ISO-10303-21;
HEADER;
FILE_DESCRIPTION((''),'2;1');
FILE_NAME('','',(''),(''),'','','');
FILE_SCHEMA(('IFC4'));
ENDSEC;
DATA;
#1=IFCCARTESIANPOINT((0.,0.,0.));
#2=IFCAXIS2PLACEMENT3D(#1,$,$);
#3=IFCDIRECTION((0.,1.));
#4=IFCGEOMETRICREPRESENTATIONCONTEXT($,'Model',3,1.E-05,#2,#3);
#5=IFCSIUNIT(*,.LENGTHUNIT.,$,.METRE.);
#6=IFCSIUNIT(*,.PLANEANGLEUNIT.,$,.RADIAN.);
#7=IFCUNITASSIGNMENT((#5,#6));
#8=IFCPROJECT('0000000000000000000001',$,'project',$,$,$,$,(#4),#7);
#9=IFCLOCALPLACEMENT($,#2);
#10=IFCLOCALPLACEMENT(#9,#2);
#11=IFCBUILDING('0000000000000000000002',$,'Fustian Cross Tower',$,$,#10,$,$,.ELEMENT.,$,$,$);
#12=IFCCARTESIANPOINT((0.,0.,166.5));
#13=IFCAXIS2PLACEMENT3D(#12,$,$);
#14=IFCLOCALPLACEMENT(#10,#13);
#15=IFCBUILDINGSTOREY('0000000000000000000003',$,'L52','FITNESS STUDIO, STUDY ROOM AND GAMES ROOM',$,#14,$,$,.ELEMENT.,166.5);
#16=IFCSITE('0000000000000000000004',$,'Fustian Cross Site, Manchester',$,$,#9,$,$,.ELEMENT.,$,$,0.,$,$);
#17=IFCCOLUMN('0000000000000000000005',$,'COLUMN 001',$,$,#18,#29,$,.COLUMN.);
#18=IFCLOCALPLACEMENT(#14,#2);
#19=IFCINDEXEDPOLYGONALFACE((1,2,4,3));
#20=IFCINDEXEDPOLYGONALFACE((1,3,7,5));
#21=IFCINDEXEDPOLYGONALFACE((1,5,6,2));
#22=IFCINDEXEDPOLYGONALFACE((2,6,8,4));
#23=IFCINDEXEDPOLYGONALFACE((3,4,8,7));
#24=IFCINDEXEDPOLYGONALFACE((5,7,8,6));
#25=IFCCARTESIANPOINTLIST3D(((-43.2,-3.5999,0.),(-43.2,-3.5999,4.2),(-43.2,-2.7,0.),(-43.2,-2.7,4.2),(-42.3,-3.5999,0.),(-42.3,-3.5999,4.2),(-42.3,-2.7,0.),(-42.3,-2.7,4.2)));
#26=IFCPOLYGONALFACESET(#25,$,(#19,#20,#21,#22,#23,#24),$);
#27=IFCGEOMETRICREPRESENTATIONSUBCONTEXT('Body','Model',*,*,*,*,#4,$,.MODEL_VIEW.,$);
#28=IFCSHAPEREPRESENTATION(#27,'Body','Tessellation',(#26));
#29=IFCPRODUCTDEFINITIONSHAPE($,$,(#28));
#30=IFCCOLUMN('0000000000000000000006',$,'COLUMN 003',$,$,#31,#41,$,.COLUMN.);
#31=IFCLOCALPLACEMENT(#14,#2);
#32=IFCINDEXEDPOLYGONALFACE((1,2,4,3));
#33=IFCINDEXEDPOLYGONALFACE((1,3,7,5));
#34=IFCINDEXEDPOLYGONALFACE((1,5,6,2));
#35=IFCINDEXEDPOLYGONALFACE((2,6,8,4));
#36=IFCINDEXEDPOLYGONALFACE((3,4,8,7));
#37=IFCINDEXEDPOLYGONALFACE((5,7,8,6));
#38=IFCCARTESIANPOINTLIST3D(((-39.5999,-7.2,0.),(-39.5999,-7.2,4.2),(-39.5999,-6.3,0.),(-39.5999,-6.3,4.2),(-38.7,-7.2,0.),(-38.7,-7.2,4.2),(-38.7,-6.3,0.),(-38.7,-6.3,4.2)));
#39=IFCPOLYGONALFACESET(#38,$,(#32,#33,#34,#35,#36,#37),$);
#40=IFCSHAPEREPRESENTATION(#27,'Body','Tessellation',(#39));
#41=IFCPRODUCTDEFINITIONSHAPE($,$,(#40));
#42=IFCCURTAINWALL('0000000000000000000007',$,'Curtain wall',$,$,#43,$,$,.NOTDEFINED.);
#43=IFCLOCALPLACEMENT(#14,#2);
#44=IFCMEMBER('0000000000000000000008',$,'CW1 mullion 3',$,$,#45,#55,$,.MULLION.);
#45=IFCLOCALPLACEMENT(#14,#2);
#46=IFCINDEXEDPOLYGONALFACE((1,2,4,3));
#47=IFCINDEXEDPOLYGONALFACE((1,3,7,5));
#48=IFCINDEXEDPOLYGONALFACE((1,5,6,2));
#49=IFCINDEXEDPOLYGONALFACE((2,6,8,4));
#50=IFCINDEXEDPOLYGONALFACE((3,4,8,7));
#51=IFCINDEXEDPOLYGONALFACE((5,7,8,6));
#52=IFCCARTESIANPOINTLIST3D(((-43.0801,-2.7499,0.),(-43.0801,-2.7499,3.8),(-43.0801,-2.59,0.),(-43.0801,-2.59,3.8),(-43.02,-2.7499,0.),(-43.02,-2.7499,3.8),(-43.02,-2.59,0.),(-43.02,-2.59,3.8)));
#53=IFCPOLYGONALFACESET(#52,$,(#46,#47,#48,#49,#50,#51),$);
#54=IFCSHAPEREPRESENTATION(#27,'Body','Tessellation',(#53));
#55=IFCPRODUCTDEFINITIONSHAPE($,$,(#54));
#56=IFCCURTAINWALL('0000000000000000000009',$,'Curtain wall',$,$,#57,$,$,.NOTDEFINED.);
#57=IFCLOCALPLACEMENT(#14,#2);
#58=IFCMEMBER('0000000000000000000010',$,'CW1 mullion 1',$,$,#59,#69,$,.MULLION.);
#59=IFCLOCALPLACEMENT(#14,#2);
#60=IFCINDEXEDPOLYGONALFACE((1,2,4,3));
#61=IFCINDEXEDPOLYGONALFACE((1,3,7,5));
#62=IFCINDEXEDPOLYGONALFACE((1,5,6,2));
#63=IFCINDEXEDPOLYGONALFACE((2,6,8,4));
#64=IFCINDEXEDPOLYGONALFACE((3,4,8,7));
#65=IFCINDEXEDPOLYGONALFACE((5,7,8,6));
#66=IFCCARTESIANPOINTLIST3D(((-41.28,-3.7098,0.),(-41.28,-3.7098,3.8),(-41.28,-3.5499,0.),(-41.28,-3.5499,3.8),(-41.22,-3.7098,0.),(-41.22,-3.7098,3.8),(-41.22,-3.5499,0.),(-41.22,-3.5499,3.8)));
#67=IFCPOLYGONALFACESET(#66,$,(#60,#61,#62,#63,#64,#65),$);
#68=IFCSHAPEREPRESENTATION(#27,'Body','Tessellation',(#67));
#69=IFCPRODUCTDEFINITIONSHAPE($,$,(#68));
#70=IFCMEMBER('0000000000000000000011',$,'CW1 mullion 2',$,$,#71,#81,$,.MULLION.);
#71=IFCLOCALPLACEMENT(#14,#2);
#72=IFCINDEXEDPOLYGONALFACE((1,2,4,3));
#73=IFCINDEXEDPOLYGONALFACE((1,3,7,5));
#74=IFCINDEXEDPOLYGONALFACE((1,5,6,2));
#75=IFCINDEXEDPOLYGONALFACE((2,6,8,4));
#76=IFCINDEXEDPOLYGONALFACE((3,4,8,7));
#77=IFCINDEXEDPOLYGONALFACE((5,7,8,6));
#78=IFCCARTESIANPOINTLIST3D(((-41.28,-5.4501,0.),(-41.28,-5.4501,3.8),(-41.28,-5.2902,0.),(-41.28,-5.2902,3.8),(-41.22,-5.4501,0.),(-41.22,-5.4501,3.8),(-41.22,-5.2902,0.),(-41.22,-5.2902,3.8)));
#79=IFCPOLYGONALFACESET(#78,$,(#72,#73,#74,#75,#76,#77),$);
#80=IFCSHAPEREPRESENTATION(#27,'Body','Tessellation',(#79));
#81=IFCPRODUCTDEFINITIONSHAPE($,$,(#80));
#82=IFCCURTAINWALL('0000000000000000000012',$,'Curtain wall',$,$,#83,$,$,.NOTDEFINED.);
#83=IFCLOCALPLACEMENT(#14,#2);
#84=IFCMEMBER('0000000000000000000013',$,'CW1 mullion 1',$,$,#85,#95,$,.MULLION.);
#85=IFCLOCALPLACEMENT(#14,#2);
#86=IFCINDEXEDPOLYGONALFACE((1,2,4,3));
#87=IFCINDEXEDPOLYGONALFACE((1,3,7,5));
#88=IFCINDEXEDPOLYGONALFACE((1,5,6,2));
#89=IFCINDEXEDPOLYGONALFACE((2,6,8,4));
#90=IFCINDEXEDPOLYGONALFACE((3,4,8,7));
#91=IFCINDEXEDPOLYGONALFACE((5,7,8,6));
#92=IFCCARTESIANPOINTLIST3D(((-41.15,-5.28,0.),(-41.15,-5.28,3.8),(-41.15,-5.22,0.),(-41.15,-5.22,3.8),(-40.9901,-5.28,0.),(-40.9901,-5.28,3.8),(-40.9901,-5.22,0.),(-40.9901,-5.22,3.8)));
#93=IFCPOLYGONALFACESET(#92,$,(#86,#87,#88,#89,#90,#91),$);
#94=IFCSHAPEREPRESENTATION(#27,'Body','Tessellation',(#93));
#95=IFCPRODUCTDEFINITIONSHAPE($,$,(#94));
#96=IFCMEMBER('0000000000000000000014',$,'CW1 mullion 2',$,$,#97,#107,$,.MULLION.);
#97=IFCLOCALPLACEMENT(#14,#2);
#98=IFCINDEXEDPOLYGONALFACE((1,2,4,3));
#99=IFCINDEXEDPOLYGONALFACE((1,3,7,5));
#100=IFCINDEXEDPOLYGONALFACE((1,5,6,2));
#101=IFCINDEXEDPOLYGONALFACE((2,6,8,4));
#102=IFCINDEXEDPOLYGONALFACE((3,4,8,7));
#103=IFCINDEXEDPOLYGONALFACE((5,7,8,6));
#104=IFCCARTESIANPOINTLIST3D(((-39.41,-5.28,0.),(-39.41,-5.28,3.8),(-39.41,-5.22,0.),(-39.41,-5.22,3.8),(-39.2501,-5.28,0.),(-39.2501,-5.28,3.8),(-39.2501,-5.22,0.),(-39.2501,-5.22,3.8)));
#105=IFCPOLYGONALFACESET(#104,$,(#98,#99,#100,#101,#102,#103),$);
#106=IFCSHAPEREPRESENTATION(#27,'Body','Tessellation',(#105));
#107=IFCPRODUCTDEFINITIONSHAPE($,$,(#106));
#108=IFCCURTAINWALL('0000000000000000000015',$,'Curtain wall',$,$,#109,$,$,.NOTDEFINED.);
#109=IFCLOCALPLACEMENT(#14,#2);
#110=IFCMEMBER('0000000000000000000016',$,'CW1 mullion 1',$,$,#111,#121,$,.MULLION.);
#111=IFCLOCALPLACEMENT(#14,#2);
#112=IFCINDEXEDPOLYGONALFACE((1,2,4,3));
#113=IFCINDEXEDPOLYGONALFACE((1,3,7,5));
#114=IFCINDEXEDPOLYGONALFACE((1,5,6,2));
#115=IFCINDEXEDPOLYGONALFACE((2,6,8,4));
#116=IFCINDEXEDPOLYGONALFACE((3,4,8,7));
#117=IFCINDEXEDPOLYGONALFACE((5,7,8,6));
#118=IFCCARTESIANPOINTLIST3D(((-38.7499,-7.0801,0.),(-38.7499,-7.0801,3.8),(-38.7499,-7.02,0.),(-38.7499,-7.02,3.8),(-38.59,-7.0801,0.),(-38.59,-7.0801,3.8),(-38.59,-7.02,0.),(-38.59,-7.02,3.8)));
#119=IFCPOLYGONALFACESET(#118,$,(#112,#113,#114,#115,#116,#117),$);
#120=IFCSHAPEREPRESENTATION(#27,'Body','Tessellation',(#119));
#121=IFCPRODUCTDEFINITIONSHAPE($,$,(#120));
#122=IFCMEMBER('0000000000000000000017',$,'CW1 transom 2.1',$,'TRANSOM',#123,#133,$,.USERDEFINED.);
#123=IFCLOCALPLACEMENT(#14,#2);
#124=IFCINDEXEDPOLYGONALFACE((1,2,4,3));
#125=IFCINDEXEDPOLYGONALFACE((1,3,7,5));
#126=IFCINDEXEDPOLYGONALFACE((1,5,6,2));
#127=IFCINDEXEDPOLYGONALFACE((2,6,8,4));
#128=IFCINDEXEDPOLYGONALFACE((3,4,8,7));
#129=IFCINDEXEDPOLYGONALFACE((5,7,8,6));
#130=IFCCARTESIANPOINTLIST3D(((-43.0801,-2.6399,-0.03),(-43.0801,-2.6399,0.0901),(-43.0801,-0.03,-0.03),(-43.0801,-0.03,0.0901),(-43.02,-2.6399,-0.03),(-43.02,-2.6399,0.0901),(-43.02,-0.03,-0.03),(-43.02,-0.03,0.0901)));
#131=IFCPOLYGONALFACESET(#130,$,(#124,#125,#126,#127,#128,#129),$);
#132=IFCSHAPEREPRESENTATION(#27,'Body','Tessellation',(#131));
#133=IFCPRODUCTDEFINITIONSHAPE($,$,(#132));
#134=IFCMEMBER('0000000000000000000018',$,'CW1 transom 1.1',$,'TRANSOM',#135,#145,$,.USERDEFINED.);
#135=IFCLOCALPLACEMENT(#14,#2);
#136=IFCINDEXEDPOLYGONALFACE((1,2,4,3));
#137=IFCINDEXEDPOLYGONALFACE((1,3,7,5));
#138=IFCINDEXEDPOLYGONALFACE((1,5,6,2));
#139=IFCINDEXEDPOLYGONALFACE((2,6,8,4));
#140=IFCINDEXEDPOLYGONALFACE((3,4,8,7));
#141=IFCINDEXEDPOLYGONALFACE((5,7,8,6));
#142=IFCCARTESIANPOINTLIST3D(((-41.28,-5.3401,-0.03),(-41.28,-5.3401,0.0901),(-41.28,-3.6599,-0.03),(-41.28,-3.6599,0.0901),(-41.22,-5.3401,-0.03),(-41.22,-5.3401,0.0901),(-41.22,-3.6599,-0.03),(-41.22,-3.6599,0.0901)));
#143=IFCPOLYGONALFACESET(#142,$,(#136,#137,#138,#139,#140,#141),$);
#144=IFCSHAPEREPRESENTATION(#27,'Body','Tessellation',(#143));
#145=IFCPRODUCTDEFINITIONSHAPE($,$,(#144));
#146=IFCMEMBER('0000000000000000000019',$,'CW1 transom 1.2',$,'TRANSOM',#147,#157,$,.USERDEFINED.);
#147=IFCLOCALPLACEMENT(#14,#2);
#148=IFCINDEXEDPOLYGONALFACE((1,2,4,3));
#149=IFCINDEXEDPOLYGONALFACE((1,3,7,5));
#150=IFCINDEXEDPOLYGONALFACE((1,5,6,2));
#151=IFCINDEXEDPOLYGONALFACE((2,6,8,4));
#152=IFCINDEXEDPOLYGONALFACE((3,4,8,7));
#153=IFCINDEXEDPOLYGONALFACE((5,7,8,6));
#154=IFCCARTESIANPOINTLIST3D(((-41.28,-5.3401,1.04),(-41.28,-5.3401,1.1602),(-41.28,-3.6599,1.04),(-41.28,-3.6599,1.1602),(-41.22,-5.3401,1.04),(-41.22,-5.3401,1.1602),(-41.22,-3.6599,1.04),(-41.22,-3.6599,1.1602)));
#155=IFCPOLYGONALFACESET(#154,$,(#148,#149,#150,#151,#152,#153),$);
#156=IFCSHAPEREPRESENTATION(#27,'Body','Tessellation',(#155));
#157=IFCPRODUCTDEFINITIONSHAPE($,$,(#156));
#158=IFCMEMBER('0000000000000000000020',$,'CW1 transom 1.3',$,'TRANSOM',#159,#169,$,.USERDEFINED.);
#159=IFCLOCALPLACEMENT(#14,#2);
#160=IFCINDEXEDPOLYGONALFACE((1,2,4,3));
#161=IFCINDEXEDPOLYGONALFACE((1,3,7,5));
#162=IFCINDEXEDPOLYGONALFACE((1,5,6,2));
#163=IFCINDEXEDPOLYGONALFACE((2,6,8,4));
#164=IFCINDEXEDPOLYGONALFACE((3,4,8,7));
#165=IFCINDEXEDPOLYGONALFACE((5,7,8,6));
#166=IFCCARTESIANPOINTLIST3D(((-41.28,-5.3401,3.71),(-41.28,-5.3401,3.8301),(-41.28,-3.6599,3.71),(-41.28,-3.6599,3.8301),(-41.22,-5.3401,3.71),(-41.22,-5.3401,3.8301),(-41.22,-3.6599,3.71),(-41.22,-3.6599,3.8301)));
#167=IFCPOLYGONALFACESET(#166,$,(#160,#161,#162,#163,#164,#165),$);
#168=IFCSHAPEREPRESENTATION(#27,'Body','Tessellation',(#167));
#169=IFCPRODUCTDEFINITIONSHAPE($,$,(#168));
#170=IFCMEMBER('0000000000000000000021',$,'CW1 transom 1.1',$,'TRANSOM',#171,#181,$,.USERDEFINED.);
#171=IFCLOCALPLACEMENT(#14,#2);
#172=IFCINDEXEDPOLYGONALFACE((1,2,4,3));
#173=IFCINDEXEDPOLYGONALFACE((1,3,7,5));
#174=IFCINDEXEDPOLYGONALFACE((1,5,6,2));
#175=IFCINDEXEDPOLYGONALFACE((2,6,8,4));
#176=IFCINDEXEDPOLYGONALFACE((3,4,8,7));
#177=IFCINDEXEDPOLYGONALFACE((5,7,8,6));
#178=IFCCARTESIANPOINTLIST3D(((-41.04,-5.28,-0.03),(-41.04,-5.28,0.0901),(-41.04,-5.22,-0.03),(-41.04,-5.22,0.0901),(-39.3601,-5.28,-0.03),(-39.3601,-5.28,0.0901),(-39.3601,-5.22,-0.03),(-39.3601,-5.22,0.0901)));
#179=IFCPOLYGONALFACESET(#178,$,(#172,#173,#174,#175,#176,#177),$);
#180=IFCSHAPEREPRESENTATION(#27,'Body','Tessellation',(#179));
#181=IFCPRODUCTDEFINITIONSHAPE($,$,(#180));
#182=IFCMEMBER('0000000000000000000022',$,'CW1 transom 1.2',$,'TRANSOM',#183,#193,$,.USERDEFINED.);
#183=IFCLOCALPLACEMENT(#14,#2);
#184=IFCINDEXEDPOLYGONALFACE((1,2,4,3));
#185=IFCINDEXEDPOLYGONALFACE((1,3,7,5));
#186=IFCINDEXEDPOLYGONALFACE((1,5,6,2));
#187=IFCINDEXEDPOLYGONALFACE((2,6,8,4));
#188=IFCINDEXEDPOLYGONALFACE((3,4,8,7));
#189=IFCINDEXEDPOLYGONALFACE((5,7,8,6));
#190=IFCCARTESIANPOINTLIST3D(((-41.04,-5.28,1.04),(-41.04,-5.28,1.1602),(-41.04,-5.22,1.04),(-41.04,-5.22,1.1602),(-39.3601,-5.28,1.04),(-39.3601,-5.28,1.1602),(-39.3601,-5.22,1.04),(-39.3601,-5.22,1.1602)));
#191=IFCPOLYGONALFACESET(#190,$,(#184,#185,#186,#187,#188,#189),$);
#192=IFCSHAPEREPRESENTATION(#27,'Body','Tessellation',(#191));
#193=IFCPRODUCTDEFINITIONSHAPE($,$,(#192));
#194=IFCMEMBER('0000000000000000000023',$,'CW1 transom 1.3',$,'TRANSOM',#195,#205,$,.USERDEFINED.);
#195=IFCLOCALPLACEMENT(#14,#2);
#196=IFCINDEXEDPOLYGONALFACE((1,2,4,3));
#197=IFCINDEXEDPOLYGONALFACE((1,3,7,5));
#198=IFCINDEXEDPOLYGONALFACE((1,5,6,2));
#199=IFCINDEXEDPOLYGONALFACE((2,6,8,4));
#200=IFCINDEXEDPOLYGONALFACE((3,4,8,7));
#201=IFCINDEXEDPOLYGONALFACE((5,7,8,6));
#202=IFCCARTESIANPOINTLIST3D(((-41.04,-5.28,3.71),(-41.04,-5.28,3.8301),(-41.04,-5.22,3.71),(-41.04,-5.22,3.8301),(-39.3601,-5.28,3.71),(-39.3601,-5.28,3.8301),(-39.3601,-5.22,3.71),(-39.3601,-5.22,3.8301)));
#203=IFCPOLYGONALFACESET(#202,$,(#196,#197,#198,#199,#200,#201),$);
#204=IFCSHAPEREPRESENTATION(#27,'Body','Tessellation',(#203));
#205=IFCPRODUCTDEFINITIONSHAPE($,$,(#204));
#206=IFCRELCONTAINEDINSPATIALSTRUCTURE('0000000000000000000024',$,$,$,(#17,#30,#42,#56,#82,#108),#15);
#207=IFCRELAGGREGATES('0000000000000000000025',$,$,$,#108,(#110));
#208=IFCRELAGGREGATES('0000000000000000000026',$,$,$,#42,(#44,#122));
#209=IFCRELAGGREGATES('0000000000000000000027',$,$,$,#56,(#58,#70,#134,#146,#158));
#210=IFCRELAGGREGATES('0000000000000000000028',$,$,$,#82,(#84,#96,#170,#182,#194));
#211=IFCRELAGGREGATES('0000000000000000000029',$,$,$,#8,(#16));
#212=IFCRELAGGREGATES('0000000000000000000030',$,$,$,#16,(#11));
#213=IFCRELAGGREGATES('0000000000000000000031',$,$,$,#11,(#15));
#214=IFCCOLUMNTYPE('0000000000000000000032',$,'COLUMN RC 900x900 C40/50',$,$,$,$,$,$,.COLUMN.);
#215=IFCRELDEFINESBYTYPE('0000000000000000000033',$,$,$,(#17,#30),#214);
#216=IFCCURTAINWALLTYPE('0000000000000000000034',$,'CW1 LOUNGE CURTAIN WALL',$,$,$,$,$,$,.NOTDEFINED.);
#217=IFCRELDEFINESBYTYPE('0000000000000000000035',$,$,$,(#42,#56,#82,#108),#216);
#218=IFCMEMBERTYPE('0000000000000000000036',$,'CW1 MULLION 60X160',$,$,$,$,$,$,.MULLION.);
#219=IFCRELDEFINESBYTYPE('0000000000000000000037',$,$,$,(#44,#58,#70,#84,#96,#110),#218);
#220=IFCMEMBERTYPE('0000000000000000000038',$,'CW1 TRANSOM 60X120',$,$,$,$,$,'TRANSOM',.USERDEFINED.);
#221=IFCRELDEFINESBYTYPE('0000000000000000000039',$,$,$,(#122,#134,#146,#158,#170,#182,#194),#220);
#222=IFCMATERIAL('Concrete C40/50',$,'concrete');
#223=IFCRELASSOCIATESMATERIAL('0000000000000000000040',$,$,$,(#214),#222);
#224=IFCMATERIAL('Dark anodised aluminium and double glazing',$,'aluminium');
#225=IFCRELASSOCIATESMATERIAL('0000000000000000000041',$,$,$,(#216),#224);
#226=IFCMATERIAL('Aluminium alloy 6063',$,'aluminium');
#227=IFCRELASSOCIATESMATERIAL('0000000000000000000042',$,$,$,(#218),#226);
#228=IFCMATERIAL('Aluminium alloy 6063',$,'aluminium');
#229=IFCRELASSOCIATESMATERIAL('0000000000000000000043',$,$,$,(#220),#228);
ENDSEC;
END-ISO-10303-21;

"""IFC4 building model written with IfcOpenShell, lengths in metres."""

from ifc_helpers import new_model, si_unit, direction, frame, origin, origin_2d, place, context, subcontext, project, spatial, rectangle, extrude, material, material_profile, profile_set, type_object, element, aggregate, save


model = new_model("IFC4")

# Units and contexts
model_context = context("Model", 3, precision=1e-05, world=origin(), true_north=direction((0.0, 1.0)))
body_context = subcontext(model_context, "Body", "Model", "MODEL_VIEW")
ifc_project = project(units=[si_unit("LENGTHUNIT", "METRE"), si_unit("PLANEANGLEUNIT", "RADIAN")], contexts=[model_context])

# Site, building, storey
site_placement = place(None, origin())
site = spatial("IfcSite", under=ifc_project, at=site_placement, Name="Fustian Cross Site, Manchester", CompositionType="ELEMENT", RefElevation=0.0)
building_placement = place(site_placement, origin())
building = spatial("IfcBuilding", under=site, at=building_placement, Name="Fustian Cross Tower", CompositionType="ELEMENT")
storey_placement = place(building_placement, frame((0.0, 0.0, 166.5)))
storey = spatial("IfcBuildingStorey", under=building, at=storey_placement, Name="L52", Description="FITNESS STUDIO, STUDY ROOM AND GAMES ROOM", CompositionType="ELEMENT", Elevation=166.5)

# Columns
ifc_material_1 = material(Name="Concrete C40/50", Category="concrete")
ifc_material_profile_1 = material_profile(ifc_material_1, rectangle(XDim=0.8999, YDim=0.8999, at=origin_2d()), Name="RC 900x900")
ifc_profile_set_1 = profile_set([ifc_material_profile_1], Name="Concrete C40/50")
column_type = type_object("IfcColumnType", Name="COLUMN RC 900x900 C40/50", PredefinedType="COLUMN", material=ifc_profile_set_1)
for number, where, z_axis, x_axis, name in (
    (1, (-42.75, -3.1499, 0.0), (0.0, 0.0, 1.0), (1.0, 0.0, 0.0), "COLUMN 001"),
    (2, (-39.1499, -6.75, 0.0), (0.0, 0.0, 1.0), (1.0, 0.0, 0.0), "COLUMN 003"),
):
    element("IfcColumn", number, at=place(storey_placement, frame(where, z_axis=z_axis, x_axis=x_axis)), inside=storey, type_object=column_type, Name=name, PredefinedType="COLUMN", context=body_context, shape_type="SweptSolid", body=[
        extrude(rectangle(XDim=0.8999, YDim=0.8999, at=origin_2d()), origin(), (0.0, 0.0, 1.0), 4.2),
    ])

# Curtain wall, member
ifc_material_2 = material(Name="Dark anodised aluminium and double glazing", Category="aluminium")
curtain_wall_type = type_object("IfcCurtainWallType", Name="CW1 LOUNGE CURTAIN WALL", PredefinedType="NOTDEFINED", material=ifc_material_2)
curtain_wall_1_placement = place(storey_placement, origin())
curtain_wall_1 = element("IfcCurtainWall", 3, at=curtain_wall_1_placement, inside=storey, type_object=curtain_wall_type, Name="Curtain wall", PredefinedType="NOTDEFINED")
ifc_material_3 = material(Name="Aluminium alloy 6063", Category="aluminium")
ifc_material_profile_2 = material_profile(ifc_material_3, rectangle(XDim=0.0601, YDim=0.1599, at=origin_2d()), Name="CW1 MULLION 60X160")
ifc_profile_set_2 = profile_set([ifc_material_profile_2], Name="Aluminium alloy 6063")
member_type_1 = type_object("IfcMemberType", Name="CW1 MULLION 60X160", PredefinedType="MULLION", material=ifc_profile_set_2)
member_1_placement = place(storey_placement, frame((-43.05, -2.6699, 0.0), z_axis=(0.0, 0.0, 1.0), x_axis=(1.0, 0.0, 0.0)))
member_1 = element("IfcMember", 4, at=member_1_placement, type_object=member_type_1, Name="CW1 mullion 3", PredefinedType="MULLION", context=body_context, shape_type="SweptSolid", body=[
    extrude(rectangle(XDim=0.0601, YDim=0.1599, at=origin_2d()), origin(), (0.0, 0.0, 1.0), 3.8),
])

# Curtain walls, members
curtain_wall_2_placement = place(storey_placement, origin())
curtain_wall_2 = element("IfcCurtainWall", 5, at=curtain_wall_2_placement, inside=storey, type_object=curtain_wall_type, Name="Curtain wall", PredefinedType="NOTDEFINED")
member_2_placement = place(storey_placement, frame((-41.25, -3.6299, 0.0), z_axis=(0.0, 0.0, 1.0), x_axis=(1.0, 0.0, 0.0)))
member_2 = element("IfcMember", 6, at=member_2_placement, type_object=member_type_1, Name="CW1 mullion 1", PredefinedType="MULLION", context=body_context, shape_type="SweptSolid", body=[
    extrude(rectangle(XDim=0.0601, YDim=0.1599, at=origin_2d()), origin(), (0.0, 0.0, 1.0), 3.8),
])
member_3_placement = place(storey_placement, frame((-41.25, -5.3701, 0.0), z_axis=(0.0, 0.0, 1.0), x_axis=(1.0, 0.0, 0.0)))
member_3 = element("IfcMember", 7, at=member_3_placement, type_object=member_type_1, Name="CW1 mullion 2", PredefinedType="MULLION", context=body_context, shape_type="SweptSolid", body=[
    extrude(rectangle(XDim=0.0601, YDim=0.1599, at=origin_2d()), origin(), (0.0, 0.0, 1.0), 3.8),
])
curtain_wall_3_placement = place(storey_placement, origin())
curtain_wall_3 = element("IfcCurtainWall", 8, at=curtain_wall_3_placement, inside=storey, type_object=curtain_wall_type, Name="Curtain wall", PredefinedType="NOTDEFINED")
member_4_placement = place(storey_placement, frame((-41.0701, -5.25, 0.0), z_axis=(0.0, 0.0, 1.0), x_axis=(0.0, 1.0, 0.0)))
member_4 = element("IfcMember", 9, at=member_4_placement, type_object=member_type_1, Name="CW1 mullion 1", PredefinedType="MULLION", context=body_context, shape_type="SweptSolid", body=[
    extrude(rectangle(XDim=0.0601, YDim=0.1599, at=origin_2d()), origin(), (0.0, 0.0, 1.0), 3.8),
])
member_5_placement = place(storey_placement, frame((-39.3301, -5.25, 0.0), z_axis=(0.0, 0.0, 1.0), x_axis=(0.0, 1.0, 0.0)))
member_5 = element("IfcMember", 10, at=member_5_placement, type_object=member_type_1, Name="CW1 mullion 2", PredefinedType="MULLION", context=body_context, shape_type="SweptSolid", body=[
    extrude(rectangle(XDim=0.0601, YDim=0.1599, at=origin_2d()), origin(), (0.0, 0.0, 1.0), 3.8),
])

# Curtain wall, member
curtain_wall_4_placement = place(storey_placement, origin())
curtain_wall_4 = element("IfcCurtainWall", 11, at=curtain_wall_4_placement, inside=storey, type_object=curtain_wall_type, Name="Curtain wall", PredefinedType="NOTDEFINED")
member_6_placement = place(storey_placement, frame((-38.6699, -7.05, 0.0), z_axis=(0.0, 0.0, 1.0), x_axis=(0.0, 1.0, 0.0)))
member_6 = element("IfcMember", 12, at=member_6_placement, type_object=member_type_1, Name="CW1 mullion 1", PredefinedType="MULLION", context=body_context, shape_type="SweptSolid", body=[
    extrude(rectangle(XDim=0.0601, YDim=0.1599, at=origin_2d()), origin(), (0.0, 0.0, 1.0), 3.8),
])

# Members
ifc_material_4 = material(Name="Aluminium alloy 6063", Category="aluminium")
ifc_material_profile_3 = material_profile(ifc_material_4, rectangle(XDim=0.0601, YDim=0.1201, at=origin_2d()), Name="CW1 TRANSOM 60X120")
ifc_profile_set_3 = profile_set([ifc_material_profile_3], Name="Aluminium alloy 6063")
member_type_2 = type_object("IfcMemberType", Name="CW1 TRANSOM 60X120", ElementType="TRANSOM", PredefinedType="USERDEFINED", material=ifc_profile_set_3)
member_7_placement = place(storey_placement, frame((-43.05, -0.03, 0.03), z_axis=(0.0, -1.0, 0.0), x_axis=(1.0, 0.0, 0.0)))
member_7 = element("IfcMember", 13, at=member_7_placement, type_object=member_type_2, Name="CW1 transom 2.1", ObjectType="TRANSOM", PredefinedType="USERDEFINED", context=body_context, shape_type="SweptSolid", body=[
    extrude(rectangle(XDim=0.0601, YDim=0.1201, at=origin_2d()), origin(), (0.0, 0.0, 1.0), 2.6099),
])
member_8_placement = place(storey_placement, frame((-41.25, -3.6599, 0.03), z_axis=(0.0, -1.0, 0.0), x_axis=(1.0, 0.0, 0.0)))
member_8 = element("IfcMember", 14, at=member_8_placement, type_object=member_type_2, Name="CW1 transom 1.1", ObjectType="TRANSOM", PredefinedType="USERDEFINED", context=body_context, shape_type="SweptSolid", body=[
    extrude(rectangle(XDim=0.0601, YDim=0.1201, at=origin_2d()), origin(), (0.0, 0.0, 1.0), 1.6802),
])
member_9_placement = place(storey_placement, frame((-41.25, -3.6599, 1.1001), z_axis=(0.0, -1.0, 0.0), x_axis=(1.0, 0.0, 0.0)))
member_9 = element("IfcMember", 15, at=member_9_placement, type_object=member_type_2, Name="CW1 transom 1.2", ObjectType="TRANSOM", PredefinedType="USERDEFINED", context=body_context, shape_type="SweptSolid", body=[
    extrude(rectangle(XDim=0.0601, YDim=0.1201, at=origin_2d()), origin(), (0.0, 0.0, 1.0), 1.6802),
])
member_10_placement = place(storey_placement, frame((-41.25, -3.6599, 3.77), z_axis=(0.0, -1.0, 0.0), x_axis=(1.0, 0.0, 0.0)))
member_10 = element("IfcMember", 16, at=member_10_placement, type_object=member_type_2, Name="CW1 transom 1.3", ObjectType="TRANSOM", PredefinedType="USERDEFINED", context=body_context, shape_type="SweptSolid", body=[
    extrude(rectangle(XDim=0.0601, YDim=0.1201, at=origin_2d()), origin(), (0.0, 0.0, 1.0), 1.6802),
])
member_11_placement = place(storey_placement, frame((-41.04, -5.25, 0.03), z_axis=(1.0, 0.0, 0.0), x_axis=(0.0, 1.0, 0.0)))
member_11 = element("IfcMember", 17, at=member_11_placement, type_object=member_type_2, Name="CW1 transom 1.1", ObjectType="TRANSOM", PredefinedType="USERDEFINED", context=body_context, shape_type="SweptSolid", body=[
    extrude(rectangle(XDim=0.0601, YDim=0.1201, at=origin_2d()), origin(), (0.0, 0.0, 1.0), 1.6799),
])
member_12_placement = place(storey_placement, frame((-41.04, -5.25, 1.1001), z_axis=(1.0, 0.0, 0.0), x_axis=(0.0, 1.0, 0.0)))
member_12 = element("IfcMember", 18, at=member_12_placement, type_object=member_type_2, Name="CW1 transom 1.2", ObjectType="TRANSOM", PredefinedType="USERDEFINED", context=body_context, shape_type="SweptSolid", body=[
    extrude(rectangle(XDim=0.0601, YDim=0.1201, at=origin_2d()), origin(), (0.0, 0.0, 1.0), 1.6799),
])
member_13_placement = place(storey_placement, frame((-41.04, -5.25, 3.77), z_axis=(1.0, 0.0, 0.0), x_axis=(0.0, 1.0, 0.0)))
member_13 = element("IfcMember", 19, at=member_13_placement, type_object=member_type_2, Name="CW1 transom 1.3", ObjectType="TRANSOM", PredefinedType="USERDEFINED", context=body_context, shape_type="SweptSolid", body=[
    extrude(rectangle(XDim=0.0601, YDim=0.1201, at=origin_2d()), origin(), (0.0, 0.0, 1.0), 1.6799),
])
aggregate(curtain_wall_4, [member_6])

aggregate(curtain_wall_1, [member_1, member_7])
aggregate(curtain_wall_2, [member_2, member_3, member_8, member_9, member_10])
aggregate(curtain_wall_3, [member_4, member_5, member_11, member_12, member_13])

save(model, "model.ifc")
